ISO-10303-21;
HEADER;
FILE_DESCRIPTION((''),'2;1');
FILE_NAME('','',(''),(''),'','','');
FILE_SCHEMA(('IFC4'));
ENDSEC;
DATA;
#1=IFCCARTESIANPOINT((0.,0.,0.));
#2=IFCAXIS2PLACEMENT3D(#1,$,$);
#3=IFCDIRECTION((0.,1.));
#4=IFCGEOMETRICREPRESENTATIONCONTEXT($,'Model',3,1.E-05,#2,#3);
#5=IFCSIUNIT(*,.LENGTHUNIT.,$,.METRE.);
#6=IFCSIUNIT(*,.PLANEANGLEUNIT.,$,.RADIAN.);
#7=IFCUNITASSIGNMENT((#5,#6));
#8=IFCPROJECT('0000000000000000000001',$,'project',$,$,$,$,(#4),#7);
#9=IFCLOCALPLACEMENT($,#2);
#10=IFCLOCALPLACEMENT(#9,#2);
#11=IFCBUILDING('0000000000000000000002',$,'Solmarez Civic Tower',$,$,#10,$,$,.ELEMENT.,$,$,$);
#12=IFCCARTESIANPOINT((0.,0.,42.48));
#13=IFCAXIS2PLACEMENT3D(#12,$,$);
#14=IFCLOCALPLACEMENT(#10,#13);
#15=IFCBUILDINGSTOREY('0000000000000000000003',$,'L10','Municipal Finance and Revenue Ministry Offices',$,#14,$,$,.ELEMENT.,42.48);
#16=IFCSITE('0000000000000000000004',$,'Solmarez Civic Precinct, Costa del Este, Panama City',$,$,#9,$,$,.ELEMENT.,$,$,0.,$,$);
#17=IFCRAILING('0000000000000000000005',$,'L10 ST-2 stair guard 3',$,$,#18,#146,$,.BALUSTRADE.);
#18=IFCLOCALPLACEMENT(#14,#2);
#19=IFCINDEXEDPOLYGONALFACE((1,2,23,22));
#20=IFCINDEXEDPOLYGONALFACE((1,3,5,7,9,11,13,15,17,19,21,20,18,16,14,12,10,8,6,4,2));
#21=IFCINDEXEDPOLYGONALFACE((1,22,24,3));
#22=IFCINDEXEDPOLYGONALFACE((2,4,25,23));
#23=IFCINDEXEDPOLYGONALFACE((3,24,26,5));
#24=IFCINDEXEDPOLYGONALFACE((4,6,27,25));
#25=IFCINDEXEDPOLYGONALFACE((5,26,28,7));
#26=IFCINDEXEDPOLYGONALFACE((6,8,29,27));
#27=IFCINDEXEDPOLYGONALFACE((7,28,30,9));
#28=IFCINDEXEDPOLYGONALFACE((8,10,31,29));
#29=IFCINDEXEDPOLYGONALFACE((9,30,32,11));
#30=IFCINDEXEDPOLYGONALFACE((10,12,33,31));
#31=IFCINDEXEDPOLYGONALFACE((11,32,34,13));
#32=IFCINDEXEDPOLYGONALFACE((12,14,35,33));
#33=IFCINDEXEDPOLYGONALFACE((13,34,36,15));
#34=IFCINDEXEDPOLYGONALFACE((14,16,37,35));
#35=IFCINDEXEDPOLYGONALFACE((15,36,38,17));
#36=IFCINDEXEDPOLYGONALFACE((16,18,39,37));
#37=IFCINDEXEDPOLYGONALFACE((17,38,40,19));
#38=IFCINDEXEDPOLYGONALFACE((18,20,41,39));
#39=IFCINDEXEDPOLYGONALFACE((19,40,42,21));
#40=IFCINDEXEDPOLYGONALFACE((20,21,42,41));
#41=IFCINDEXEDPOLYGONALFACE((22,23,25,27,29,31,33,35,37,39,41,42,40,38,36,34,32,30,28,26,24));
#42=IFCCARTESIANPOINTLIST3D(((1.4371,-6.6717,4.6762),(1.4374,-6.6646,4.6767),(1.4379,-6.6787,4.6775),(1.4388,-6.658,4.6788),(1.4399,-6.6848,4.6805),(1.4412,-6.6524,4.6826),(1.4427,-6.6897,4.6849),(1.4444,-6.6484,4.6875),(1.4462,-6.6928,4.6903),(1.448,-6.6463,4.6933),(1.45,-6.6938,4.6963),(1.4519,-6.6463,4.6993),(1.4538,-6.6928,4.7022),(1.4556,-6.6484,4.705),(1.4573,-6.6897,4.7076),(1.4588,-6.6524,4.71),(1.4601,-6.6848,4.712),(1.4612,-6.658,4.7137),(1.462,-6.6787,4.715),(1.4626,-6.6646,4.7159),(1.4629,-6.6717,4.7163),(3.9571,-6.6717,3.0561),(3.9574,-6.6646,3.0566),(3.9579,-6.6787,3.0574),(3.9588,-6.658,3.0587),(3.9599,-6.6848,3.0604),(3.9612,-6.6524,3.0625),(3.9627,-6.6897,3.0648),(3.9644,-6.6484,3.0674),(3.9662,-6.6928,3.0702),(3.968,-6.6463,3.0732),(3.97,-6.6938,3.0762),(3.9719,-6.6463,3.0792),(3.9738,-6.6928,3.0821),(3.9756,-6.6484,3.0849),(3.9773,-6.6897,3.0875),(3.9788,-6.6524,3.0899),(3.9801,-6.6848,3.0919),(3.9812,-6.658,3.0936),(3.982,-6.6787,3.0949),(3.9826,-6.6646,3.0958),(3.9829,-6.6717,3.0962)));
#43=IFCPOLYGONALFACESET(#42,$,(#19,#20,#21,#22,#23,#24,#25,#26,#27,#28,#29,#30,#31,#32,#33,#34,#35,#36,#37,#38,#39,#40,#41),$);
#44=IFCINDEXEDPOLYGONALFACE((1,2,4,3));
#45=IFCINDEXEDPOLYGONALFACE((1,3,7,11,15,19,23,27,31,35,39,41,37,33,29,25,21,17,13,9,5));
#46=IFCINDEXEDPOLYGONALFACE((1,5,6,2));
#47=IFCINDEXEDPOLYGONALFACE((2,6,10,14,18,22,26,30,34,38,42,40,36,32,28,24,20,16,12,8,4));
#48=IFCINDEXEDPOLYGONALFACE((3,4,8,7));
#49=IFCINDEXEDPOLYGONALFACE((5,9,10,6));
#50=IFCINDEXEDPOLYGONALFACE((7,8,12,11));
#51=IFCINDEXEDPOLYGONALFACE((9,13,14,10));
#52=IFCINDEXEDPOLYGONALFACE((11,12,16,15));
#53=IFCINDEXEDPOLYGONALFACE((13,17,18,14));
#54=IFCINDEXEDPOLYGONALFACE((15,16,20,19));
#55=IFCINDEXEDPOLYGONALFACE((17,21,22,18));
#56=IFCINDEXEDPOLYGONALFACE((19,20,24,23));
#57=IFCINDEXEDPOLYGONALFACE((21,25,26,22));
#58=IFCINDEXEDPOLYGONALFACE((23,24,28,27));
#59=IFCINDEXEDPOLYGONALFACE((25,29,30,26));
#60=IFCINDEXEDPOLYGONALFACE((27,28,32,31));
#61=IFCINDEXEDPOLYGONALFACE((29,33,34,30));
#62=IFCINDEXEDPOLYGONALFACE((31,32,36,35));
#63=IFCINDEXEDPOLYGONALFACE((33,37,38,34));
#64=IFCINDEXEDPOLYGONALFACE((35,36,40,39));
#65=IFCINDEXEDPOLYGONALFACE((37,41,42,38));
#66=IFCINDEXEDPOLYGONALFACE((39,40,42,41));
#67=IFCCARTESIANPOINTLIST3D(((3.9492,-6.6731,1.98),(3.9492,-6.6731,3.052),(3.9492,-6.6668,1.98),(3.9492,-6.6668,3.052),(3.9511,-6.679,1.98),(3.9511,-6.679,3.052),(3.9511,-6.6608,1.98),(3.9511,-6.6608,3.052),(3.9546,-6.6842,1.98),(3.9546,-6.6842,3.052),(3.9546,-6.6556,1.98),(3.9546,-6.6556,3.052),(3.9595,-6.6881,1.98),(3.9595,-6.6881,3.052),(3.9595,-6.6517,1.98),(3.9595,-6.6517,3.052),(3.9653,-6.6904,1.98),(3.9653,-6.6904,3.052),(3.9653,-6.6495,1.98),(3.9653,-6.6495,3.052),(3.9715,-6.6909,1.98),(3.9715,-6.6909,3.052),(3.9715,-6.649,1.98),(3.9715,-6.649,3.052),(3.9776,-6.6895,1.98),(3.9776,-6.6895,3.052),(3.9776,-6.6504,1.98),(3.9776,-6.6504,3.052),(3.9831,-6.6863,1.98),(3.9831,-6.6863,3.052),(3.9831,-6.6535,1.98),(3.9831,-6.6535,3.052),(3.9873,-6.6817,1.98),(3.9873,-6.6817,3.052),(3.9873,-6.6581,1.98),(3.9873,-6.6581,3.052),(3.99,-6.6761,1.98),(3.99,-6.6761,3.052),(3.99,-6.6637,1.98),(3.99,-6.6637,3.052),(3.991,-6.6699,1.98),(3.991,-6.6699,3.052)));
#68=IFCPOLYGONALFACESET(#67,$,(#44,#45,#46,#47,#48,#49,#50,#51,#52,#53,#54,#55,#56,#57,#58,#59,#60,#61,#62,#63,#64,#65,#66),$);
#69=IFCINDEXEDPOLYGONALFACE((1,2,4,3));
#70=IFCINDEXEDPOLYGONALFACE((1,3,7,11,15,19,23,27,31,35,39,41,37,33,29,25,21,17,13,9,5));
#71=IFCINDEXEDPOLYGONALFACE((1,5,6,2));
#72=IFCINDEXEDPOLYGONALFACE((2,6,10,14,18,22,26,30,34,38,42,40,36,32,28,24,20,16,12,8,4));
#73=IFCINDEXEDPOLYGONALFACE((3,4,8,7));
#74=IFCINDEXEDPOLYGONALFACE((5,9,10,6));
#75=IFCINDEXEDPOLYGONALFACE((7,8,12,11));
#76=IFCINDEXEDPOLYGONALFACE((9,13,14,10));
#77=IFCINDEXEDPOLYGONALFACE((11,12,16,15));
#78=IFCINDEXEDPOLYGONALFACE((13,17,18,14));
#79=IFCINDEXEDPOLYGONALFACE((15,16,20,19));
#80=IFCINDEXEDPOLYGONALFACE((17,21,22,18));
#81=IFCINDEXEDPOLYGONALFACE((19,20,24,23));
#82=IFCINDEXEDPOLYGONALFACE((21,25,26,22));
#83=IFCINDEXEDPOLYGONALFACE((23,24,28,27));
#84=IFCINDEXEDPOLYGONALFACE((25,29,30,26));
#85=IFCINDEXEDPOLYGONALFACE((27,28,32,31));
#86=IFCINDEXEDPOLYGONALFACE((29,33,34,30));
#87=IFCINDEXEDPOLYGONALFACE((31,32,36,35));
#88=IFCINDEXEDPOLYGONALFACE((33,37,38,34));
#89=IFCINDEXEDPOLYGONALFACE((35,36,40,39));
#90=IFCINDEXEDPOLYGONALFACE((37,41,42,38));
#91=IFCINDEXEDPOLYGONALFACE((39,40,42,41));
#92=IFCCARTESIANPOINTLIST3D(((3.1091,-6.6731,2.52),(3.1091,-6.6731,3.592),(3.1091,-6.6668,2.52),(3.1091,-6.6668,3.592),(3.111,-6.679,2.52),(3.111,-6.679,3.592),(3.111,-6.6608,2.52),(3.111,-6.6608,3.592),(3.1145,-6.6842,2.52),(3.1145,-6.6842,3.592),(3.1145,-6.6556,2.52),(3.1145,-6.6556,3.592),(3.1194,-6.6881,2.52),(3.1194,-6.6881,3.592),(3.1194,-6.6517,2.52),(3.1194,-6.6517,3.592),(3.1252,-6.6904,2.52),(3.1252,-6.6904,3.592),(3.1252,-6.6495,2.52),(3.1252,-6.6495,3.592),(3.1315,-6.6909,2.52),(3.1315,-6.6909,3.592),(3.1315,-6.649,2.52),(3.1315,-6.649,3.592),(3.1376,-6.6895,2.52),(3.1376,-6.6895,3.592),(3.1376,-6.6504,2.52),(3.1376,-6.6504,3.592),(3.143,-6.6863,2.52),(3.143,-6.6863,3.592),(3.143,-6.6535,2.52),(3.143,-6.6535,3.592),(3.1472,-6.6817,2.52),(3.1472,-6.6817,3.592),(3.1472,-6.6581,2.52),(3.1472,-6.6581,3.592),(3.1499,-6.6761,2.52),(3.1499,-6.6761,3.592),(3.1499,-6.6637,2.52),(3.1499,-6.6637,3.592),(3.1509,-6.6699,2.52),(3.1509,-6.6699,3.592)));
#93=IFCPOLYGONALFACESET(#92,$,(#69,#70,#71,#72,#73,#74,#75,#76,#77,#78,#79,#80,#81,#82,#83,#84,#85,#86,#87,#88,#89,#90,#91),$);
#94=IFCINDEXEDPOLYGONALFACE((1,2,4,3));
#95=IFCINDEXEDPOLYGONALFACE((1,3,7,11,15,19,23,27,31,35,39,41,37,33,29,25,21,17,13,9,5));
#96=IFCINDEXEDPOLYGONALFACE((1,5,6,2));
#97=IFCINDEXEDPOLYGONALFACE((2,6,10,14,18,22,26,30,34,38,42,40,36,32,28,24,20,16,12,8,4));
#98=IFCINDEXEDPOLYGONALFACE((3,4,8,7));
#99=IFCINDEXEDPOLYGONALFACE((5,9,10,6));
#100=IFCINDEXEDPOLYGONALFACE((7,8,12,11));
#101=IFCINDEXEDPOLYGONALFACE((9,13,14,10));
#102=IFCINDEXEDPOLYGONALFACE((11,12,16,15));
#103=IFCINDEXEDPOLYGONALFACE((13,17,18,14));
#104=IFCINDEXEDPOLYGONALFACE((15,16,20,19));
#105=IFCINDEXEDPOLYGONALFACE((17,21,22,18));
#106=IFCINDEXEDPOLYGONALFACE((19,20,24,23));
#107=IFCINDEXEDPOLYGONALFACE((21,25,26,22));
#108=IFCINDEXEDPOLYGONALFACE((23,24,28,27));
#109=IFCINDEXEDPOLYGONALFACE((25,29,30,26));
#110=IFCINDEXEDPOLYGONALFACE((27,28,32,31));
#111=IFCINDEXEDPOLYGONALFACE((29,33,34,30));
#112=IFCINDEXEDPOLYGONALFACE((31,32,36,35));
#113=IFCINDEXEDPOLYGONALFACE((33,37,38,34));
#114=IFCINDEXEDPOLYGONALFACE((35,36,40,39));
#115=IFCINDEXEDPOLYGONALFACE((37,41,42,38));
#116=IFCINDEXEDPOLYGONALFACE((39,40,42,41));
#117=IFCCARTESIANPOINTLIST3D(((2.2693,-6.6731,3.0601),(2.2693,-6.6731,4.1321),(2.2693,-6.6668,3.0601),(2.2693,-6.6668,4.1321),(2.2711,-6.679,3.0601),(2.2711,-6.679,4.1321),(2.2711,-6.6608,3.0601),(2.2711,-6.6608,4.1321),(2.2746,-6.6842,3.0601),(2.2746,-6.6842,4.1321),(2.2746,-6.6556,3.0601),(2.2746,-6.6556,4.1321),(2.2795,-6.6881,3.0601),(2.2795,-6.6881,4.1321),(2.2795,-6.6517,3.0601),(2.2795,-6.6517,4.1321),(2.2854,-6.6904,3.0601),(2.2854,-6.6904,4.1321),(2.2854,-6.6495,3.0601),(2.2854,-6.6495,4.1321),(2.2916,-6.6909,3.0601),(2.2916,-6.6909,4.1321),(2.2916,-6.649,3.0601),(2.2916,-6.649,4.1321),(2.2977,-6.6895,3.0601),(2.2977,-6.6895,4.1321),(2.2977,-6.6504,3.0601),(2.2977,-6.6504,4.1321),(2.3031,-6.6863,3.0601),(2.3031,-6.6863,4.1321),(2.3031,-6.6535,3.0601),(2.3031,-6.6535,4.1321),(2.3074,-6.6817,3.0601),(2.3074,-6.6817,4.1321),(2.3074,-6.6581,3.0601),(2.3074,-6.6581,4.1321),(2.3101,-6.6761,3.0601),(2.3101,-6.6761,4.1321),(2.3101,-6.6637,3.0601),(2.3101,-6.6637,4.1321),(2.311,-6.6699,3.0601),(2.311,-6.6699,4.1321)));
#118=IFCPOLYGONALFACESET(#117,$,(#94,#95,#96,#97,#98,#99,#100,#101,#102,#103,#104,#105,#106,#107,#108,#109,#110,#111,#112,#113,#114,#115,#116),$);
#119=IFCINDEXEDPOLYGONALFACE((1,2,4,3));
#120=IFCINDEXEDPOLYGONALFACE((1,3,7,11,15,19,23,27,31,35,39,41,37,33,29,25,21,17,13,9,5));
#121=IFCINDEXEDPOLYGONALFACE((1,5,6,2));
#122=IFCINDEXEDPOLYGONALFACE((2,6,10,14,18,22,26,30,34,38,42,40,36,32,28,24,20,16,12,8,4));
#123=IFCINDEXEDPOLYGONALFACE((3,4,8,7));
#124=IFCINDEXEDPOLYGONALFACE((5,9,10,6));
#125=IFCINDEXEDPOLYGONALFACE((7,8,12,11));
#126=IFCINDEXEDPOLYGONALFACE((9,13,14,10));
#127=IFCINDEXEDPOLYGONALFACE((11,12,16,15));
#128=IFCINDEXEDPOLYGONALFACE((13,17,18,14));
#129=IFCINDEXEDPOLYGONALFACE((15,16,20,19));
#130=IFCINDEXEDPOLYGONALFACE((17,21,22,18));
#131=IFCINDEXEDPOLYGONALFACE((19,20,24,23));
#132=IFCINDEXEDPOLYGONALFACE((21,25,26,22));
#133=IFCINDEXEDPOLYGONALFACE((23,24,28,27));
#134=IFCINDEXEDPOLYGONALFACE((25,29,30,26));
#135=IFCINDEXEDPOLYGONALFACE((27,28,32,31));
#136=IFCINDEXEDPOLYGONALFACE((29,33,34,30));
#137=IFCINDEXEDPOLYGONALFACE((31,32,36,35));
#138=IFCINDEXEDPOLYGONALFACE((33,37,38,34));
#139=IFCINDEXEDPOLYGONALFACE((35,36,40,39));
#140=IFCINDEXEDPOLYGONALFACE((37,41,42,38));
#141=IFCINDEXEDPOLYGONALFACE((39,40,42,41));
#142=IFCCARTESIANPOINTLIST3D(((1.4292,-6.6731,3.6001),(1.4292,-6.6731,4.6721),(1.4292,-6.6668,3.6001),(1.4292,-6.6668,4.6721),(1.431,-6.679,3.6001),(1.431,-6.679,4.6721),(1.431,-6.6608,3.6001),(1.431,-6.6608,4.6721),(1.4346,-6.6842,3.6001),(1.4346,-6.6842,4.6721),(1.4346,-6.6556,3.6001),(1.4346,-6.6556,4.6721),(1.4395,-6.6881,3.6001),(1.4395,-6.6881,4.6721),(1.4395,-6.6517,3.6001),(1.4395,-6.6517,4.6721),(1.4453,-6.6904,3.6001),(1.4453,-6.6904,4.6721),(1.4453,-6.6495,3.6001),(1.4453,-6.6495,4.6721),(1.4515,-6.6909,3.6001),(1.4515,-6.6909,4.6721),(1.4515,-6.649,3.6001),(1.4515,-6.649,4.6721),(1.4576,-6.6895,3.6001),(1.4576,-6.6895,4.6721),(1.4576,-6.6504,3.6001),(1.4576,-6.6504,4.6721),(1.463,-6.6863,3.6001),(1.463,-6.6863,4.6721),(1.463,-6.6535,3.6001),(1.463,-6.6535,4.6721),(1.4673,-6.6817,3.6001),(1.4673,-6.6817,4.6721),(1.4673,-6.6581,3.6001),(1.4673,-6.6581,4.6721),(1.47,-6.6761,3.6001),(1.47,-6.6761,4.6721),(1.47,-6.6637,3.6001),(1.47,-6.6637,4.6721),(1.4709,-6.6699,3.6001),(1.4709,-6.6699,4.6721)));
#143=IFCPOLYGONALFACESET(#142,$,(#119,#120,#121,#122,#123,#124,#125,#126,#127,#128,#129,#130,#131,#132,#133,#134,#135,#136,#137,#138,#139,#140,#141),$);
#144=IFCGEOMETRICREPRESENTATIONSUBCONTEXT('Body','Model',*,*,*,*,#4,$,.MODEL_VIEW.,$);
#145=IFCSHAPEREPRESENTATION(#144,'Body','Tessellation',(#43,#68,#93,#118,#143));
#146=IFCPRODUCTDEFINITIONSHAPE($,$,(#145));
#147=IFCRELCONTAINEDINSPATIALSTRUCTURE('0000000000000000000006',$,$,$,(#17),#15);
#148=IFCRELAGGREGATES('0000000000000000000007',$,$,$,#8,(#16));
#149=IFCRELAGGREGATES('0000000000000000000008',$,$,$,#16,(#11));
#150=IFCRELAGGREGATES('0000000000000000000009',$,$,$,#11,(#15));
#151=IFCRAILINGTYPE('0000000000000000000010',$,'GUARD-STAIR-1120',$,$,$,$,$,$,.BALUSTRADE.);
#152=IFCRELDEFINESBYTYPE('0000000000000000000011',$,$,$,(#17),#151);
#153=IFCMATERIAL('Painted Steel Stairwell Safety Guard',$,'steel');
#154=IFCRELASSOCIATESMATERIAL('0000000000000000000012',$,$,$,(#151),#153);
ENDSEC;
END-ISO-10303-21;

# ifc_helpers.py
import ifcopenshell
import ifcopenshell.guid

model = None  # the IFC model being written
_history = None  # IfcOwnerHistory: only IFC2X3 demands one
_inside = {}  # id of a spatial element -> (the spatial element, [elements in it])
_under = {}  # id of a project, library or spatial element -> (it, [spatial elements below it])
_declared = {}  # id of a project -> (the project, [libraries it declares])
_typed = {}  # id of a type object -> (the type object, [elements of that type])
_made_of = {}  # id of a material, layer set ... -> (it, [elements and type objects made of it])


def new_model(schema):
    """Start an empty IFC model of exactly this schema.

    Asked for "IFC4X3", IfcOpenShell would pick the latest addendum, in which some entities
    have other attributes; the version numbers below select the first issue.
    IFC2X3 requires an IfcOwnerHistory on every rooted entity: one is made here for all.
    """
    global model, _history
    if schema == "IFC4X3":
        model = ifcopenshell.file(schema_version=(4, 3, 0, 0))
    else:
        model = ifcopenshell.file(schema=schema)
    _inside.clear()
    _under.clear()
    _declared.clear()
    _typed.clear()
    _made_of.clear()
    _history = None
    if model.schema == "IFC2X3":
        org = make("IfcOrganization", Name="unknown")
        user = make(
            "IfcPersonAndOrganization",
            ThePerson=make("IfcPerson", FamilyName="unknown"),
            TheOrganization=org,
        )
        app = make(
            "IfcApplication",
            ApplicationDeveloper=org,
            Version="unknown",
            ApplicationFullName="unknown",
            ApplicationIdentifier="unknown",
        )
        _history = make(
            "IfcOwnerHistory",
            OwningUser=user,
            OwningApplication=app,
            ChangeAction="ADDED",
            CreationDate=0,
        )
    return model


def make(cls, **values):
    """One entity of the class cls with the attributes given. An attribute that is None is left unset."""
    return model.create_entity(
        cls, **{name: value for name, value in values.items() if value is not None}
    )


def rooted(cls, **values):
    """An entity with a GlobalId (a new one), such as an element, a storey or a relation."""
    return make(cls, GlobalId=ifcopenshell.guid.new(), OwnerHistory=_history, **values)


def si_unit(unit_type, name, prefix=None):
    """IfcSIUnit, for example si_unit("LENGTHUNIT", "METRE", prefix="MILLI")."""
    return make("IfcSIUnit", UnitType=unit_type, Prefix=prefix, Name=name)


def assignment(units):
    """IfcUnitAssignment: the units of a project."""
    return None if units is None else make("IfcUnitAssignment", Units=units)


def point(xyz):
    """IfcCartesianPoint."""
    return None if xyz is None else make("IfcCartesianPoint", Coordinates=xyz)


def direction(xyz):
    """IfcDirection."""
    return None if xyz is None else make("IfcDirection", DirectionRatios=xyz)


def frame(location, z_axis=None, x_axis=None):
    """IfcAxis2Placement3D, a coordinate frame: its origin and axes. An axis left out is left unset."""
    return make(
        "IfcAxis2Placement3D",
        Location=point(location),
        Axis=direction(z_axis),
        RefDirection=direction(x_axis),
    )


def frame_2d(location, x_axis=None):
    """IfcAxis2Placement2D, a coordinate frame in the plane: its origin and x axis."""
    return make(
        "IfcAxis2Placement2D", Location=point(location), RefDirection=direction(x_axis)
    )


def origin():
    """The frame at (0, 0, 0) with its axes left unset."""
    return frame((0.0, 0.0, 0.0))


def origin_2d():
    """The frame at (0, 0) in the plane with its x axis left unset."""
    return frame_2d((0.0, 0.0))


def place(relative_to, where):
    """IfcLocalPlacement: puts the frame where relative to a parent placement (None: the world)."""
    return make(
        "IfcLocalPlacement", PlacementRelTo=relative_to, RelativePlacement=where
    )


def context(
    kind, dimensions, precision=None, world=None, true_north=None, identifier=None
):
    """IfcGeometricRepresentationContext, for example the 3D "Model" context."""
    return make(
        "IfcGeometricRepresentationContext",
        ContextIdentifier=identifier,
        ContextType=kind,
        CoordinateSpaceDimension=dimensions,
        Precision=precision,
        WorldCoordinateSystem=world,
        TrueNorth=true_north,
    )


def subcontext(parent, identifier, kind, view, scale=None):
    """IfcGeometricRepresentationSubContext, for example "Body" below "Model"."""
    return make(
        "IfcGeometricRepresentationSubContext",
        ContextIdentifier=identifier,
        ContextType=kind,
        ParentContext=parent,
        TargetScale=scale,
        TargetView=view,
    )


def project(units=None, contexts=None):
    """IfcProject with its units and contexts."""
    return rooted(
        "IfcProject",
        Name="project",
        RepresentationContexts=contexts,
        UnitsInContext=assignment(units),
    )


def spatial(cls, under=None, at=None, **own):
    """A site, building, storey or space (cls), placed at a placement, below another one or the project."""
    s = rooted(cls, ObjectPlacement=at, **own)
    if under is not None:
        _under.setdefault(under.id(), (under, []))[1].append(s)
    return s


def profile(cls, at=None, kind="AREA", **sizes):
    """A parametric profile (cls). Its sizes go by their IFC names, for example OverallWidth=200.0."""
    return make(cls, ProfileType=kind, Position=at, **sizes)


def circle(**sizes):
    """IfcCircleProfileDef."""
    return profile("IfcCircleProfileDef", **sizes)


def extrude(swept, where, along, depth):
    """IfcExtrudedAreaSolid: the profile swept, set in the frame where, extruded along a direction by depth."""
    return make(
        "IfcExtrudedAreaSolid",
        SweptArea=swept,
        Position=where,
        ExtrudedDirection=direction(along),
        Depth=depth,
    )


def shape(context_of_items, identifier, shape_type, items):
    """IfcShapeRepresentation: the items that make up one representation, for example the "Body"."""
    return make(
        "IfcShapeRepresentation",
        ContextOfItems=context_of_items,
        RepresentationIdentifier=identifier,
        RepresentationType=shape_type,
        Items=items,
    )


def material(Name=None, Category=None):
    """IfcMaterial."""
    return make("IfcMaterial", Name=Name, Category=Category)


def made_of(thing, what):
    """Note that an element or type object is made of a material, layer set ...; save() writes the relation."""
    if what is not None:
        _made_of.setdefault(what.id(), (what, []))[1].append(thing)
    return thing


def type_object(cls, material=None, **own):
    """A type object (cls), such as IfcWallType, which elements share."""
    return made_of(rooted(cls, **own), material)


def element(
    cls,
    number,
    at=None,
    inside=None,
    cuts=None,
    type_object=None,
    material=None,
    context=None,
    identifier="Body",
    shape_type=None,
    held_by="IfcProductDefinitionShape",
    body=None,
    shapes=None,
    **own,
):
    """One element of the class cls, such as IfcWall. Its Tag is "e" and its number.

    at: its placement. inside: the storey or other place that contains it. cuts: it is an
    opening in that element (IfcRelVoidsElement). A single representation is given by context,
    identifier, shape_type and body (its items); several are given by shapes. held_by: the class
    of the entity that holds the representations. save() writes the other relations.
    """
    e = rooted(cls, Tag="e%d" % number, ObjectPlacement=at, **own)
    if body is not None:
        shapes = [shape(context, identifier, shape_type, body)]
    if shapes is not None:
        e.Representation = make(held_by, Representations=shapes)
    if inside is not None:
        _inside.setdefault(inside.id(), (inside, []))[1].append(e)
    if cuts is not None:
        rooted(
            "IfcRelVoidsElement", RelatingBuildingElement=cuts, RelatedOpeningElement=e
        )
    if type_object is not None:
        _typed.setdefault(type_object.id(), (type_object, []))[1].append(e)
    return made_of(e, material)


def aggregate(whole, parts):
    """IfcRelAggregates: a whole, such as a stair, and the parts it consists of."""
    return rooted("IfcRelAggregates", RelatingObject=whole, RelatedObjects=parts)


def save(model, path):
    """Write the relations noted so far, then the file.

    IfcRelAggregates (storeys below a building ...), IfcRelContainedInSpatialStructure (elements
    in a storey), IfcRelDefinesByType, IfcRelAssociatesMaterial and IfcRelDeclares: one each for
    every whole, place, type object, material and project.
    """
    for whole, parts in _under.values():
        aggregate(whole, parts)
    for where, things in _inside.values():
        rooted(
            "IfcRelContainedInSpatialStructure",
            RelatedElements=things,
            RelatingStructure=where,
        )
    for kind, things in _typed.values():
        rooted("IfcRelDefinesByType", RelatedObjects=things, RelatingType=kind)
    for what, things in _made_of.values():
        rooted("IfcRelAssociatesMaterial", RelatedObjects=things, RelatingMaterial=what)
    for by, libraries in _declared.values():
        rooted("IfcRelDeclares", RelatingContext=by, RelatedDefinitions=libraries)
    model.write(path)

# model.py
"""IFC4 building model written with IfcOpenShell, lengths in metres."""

from ifc_helpers import new_model, si_unit, direction, frame, origin, origin_2d, place, context, subcontext, project, spatial, circle, extrude, material, type_object, element, save


model = new_model("IFC4")

# Units and contexts
model_context = context("Model", 3, precision=1e-05, world=origin(), true_north=direction((0.0, 1.0)))
body_context = subcontext(model_context, "Body", "Model", "MODEL_VIEW")
ifc_project = project(units=[si_unit("LENGTHUNIT", "METRE"), si_unit("PLANEANGLEUNIT", "RADIAN")], contexts=[model_context])

# Site, building, storey
site_placement = place(None, origin())
site = spatial("IfcSite", under=ifc_project, at=site_placement, Name="Solmarez Civic Precinct, Costa del Este, Panama City", CompositionType="ELEMENT", RefElevation=0.0)
building_placement = place(site_placement, origin())
building = spatial("IfcBuilding", under=site, at=building_placement, Name="Solmarez Civic Tower", CompositionType="ELEMENT")
storey_placement = place(building_placement, frame((0.0, 0.0, 42.48)))
storey = spatial("IfcBuildingStorey", under=building, at=storey_placement, Name="L10", Description="Municipal Finance and Revenue Ministry Offices", CompositionType="ELEMENT", Elevation=42.48)

# Railing
ifc_material_1 = material(Name="Painted Steel Stairwell Safety Guard", Category="steel")
railing_type_1 = type_object("IfcRailingType", Name="GUARD-STAIR-1120", PredefinedType="BALUSTRADE", material=ifc_material_1)
railing_1_placement = place(storey_placement, frame((3.97, -6.6699, 1.98)))
element("IfcRailing", 1, at=railing_1_placement, inside=storey, type_object=railing_type_1, Name="L10 ST-2 stair guard 3", PredefinedType="BALUSTRADE", context=body_context, shape_type="SweptSolid", body=[
    extrude(circle(Radius=0.0239, at=origin_2d()), frame((0.0, 0.0, 1.0962), z_axis=(-0.841163, 0.0, 0.540782), x_axis=(0.0, -1.0, 0.0)), (0.0, 0.0, 1.0), 2.9958),
    extrude(circle(Radius=0.021, at=origin_2d()), origin(), (0.0, 0.0, 1.0), 1.072),
    extrude(circle(Radius=0.021, at=origin_2d()), frame((-0.8401, 0.0, 0.54)), (0.0, 0.0, 1.0), 1.072),
    extrude(circle(Radius=0.021, at=origin_2d()), frame((-1.6799, 0.0, 1.0801)), (0.0, 0.0, 1.0), 1.072),
    extrude(circle(Radius=0.021, at=origin_2d()), frame((-2.52, 0.0, 1.6201)), (0.0, 0.0, 1.0), 1.072),
])

save(model, "model.ifc")
